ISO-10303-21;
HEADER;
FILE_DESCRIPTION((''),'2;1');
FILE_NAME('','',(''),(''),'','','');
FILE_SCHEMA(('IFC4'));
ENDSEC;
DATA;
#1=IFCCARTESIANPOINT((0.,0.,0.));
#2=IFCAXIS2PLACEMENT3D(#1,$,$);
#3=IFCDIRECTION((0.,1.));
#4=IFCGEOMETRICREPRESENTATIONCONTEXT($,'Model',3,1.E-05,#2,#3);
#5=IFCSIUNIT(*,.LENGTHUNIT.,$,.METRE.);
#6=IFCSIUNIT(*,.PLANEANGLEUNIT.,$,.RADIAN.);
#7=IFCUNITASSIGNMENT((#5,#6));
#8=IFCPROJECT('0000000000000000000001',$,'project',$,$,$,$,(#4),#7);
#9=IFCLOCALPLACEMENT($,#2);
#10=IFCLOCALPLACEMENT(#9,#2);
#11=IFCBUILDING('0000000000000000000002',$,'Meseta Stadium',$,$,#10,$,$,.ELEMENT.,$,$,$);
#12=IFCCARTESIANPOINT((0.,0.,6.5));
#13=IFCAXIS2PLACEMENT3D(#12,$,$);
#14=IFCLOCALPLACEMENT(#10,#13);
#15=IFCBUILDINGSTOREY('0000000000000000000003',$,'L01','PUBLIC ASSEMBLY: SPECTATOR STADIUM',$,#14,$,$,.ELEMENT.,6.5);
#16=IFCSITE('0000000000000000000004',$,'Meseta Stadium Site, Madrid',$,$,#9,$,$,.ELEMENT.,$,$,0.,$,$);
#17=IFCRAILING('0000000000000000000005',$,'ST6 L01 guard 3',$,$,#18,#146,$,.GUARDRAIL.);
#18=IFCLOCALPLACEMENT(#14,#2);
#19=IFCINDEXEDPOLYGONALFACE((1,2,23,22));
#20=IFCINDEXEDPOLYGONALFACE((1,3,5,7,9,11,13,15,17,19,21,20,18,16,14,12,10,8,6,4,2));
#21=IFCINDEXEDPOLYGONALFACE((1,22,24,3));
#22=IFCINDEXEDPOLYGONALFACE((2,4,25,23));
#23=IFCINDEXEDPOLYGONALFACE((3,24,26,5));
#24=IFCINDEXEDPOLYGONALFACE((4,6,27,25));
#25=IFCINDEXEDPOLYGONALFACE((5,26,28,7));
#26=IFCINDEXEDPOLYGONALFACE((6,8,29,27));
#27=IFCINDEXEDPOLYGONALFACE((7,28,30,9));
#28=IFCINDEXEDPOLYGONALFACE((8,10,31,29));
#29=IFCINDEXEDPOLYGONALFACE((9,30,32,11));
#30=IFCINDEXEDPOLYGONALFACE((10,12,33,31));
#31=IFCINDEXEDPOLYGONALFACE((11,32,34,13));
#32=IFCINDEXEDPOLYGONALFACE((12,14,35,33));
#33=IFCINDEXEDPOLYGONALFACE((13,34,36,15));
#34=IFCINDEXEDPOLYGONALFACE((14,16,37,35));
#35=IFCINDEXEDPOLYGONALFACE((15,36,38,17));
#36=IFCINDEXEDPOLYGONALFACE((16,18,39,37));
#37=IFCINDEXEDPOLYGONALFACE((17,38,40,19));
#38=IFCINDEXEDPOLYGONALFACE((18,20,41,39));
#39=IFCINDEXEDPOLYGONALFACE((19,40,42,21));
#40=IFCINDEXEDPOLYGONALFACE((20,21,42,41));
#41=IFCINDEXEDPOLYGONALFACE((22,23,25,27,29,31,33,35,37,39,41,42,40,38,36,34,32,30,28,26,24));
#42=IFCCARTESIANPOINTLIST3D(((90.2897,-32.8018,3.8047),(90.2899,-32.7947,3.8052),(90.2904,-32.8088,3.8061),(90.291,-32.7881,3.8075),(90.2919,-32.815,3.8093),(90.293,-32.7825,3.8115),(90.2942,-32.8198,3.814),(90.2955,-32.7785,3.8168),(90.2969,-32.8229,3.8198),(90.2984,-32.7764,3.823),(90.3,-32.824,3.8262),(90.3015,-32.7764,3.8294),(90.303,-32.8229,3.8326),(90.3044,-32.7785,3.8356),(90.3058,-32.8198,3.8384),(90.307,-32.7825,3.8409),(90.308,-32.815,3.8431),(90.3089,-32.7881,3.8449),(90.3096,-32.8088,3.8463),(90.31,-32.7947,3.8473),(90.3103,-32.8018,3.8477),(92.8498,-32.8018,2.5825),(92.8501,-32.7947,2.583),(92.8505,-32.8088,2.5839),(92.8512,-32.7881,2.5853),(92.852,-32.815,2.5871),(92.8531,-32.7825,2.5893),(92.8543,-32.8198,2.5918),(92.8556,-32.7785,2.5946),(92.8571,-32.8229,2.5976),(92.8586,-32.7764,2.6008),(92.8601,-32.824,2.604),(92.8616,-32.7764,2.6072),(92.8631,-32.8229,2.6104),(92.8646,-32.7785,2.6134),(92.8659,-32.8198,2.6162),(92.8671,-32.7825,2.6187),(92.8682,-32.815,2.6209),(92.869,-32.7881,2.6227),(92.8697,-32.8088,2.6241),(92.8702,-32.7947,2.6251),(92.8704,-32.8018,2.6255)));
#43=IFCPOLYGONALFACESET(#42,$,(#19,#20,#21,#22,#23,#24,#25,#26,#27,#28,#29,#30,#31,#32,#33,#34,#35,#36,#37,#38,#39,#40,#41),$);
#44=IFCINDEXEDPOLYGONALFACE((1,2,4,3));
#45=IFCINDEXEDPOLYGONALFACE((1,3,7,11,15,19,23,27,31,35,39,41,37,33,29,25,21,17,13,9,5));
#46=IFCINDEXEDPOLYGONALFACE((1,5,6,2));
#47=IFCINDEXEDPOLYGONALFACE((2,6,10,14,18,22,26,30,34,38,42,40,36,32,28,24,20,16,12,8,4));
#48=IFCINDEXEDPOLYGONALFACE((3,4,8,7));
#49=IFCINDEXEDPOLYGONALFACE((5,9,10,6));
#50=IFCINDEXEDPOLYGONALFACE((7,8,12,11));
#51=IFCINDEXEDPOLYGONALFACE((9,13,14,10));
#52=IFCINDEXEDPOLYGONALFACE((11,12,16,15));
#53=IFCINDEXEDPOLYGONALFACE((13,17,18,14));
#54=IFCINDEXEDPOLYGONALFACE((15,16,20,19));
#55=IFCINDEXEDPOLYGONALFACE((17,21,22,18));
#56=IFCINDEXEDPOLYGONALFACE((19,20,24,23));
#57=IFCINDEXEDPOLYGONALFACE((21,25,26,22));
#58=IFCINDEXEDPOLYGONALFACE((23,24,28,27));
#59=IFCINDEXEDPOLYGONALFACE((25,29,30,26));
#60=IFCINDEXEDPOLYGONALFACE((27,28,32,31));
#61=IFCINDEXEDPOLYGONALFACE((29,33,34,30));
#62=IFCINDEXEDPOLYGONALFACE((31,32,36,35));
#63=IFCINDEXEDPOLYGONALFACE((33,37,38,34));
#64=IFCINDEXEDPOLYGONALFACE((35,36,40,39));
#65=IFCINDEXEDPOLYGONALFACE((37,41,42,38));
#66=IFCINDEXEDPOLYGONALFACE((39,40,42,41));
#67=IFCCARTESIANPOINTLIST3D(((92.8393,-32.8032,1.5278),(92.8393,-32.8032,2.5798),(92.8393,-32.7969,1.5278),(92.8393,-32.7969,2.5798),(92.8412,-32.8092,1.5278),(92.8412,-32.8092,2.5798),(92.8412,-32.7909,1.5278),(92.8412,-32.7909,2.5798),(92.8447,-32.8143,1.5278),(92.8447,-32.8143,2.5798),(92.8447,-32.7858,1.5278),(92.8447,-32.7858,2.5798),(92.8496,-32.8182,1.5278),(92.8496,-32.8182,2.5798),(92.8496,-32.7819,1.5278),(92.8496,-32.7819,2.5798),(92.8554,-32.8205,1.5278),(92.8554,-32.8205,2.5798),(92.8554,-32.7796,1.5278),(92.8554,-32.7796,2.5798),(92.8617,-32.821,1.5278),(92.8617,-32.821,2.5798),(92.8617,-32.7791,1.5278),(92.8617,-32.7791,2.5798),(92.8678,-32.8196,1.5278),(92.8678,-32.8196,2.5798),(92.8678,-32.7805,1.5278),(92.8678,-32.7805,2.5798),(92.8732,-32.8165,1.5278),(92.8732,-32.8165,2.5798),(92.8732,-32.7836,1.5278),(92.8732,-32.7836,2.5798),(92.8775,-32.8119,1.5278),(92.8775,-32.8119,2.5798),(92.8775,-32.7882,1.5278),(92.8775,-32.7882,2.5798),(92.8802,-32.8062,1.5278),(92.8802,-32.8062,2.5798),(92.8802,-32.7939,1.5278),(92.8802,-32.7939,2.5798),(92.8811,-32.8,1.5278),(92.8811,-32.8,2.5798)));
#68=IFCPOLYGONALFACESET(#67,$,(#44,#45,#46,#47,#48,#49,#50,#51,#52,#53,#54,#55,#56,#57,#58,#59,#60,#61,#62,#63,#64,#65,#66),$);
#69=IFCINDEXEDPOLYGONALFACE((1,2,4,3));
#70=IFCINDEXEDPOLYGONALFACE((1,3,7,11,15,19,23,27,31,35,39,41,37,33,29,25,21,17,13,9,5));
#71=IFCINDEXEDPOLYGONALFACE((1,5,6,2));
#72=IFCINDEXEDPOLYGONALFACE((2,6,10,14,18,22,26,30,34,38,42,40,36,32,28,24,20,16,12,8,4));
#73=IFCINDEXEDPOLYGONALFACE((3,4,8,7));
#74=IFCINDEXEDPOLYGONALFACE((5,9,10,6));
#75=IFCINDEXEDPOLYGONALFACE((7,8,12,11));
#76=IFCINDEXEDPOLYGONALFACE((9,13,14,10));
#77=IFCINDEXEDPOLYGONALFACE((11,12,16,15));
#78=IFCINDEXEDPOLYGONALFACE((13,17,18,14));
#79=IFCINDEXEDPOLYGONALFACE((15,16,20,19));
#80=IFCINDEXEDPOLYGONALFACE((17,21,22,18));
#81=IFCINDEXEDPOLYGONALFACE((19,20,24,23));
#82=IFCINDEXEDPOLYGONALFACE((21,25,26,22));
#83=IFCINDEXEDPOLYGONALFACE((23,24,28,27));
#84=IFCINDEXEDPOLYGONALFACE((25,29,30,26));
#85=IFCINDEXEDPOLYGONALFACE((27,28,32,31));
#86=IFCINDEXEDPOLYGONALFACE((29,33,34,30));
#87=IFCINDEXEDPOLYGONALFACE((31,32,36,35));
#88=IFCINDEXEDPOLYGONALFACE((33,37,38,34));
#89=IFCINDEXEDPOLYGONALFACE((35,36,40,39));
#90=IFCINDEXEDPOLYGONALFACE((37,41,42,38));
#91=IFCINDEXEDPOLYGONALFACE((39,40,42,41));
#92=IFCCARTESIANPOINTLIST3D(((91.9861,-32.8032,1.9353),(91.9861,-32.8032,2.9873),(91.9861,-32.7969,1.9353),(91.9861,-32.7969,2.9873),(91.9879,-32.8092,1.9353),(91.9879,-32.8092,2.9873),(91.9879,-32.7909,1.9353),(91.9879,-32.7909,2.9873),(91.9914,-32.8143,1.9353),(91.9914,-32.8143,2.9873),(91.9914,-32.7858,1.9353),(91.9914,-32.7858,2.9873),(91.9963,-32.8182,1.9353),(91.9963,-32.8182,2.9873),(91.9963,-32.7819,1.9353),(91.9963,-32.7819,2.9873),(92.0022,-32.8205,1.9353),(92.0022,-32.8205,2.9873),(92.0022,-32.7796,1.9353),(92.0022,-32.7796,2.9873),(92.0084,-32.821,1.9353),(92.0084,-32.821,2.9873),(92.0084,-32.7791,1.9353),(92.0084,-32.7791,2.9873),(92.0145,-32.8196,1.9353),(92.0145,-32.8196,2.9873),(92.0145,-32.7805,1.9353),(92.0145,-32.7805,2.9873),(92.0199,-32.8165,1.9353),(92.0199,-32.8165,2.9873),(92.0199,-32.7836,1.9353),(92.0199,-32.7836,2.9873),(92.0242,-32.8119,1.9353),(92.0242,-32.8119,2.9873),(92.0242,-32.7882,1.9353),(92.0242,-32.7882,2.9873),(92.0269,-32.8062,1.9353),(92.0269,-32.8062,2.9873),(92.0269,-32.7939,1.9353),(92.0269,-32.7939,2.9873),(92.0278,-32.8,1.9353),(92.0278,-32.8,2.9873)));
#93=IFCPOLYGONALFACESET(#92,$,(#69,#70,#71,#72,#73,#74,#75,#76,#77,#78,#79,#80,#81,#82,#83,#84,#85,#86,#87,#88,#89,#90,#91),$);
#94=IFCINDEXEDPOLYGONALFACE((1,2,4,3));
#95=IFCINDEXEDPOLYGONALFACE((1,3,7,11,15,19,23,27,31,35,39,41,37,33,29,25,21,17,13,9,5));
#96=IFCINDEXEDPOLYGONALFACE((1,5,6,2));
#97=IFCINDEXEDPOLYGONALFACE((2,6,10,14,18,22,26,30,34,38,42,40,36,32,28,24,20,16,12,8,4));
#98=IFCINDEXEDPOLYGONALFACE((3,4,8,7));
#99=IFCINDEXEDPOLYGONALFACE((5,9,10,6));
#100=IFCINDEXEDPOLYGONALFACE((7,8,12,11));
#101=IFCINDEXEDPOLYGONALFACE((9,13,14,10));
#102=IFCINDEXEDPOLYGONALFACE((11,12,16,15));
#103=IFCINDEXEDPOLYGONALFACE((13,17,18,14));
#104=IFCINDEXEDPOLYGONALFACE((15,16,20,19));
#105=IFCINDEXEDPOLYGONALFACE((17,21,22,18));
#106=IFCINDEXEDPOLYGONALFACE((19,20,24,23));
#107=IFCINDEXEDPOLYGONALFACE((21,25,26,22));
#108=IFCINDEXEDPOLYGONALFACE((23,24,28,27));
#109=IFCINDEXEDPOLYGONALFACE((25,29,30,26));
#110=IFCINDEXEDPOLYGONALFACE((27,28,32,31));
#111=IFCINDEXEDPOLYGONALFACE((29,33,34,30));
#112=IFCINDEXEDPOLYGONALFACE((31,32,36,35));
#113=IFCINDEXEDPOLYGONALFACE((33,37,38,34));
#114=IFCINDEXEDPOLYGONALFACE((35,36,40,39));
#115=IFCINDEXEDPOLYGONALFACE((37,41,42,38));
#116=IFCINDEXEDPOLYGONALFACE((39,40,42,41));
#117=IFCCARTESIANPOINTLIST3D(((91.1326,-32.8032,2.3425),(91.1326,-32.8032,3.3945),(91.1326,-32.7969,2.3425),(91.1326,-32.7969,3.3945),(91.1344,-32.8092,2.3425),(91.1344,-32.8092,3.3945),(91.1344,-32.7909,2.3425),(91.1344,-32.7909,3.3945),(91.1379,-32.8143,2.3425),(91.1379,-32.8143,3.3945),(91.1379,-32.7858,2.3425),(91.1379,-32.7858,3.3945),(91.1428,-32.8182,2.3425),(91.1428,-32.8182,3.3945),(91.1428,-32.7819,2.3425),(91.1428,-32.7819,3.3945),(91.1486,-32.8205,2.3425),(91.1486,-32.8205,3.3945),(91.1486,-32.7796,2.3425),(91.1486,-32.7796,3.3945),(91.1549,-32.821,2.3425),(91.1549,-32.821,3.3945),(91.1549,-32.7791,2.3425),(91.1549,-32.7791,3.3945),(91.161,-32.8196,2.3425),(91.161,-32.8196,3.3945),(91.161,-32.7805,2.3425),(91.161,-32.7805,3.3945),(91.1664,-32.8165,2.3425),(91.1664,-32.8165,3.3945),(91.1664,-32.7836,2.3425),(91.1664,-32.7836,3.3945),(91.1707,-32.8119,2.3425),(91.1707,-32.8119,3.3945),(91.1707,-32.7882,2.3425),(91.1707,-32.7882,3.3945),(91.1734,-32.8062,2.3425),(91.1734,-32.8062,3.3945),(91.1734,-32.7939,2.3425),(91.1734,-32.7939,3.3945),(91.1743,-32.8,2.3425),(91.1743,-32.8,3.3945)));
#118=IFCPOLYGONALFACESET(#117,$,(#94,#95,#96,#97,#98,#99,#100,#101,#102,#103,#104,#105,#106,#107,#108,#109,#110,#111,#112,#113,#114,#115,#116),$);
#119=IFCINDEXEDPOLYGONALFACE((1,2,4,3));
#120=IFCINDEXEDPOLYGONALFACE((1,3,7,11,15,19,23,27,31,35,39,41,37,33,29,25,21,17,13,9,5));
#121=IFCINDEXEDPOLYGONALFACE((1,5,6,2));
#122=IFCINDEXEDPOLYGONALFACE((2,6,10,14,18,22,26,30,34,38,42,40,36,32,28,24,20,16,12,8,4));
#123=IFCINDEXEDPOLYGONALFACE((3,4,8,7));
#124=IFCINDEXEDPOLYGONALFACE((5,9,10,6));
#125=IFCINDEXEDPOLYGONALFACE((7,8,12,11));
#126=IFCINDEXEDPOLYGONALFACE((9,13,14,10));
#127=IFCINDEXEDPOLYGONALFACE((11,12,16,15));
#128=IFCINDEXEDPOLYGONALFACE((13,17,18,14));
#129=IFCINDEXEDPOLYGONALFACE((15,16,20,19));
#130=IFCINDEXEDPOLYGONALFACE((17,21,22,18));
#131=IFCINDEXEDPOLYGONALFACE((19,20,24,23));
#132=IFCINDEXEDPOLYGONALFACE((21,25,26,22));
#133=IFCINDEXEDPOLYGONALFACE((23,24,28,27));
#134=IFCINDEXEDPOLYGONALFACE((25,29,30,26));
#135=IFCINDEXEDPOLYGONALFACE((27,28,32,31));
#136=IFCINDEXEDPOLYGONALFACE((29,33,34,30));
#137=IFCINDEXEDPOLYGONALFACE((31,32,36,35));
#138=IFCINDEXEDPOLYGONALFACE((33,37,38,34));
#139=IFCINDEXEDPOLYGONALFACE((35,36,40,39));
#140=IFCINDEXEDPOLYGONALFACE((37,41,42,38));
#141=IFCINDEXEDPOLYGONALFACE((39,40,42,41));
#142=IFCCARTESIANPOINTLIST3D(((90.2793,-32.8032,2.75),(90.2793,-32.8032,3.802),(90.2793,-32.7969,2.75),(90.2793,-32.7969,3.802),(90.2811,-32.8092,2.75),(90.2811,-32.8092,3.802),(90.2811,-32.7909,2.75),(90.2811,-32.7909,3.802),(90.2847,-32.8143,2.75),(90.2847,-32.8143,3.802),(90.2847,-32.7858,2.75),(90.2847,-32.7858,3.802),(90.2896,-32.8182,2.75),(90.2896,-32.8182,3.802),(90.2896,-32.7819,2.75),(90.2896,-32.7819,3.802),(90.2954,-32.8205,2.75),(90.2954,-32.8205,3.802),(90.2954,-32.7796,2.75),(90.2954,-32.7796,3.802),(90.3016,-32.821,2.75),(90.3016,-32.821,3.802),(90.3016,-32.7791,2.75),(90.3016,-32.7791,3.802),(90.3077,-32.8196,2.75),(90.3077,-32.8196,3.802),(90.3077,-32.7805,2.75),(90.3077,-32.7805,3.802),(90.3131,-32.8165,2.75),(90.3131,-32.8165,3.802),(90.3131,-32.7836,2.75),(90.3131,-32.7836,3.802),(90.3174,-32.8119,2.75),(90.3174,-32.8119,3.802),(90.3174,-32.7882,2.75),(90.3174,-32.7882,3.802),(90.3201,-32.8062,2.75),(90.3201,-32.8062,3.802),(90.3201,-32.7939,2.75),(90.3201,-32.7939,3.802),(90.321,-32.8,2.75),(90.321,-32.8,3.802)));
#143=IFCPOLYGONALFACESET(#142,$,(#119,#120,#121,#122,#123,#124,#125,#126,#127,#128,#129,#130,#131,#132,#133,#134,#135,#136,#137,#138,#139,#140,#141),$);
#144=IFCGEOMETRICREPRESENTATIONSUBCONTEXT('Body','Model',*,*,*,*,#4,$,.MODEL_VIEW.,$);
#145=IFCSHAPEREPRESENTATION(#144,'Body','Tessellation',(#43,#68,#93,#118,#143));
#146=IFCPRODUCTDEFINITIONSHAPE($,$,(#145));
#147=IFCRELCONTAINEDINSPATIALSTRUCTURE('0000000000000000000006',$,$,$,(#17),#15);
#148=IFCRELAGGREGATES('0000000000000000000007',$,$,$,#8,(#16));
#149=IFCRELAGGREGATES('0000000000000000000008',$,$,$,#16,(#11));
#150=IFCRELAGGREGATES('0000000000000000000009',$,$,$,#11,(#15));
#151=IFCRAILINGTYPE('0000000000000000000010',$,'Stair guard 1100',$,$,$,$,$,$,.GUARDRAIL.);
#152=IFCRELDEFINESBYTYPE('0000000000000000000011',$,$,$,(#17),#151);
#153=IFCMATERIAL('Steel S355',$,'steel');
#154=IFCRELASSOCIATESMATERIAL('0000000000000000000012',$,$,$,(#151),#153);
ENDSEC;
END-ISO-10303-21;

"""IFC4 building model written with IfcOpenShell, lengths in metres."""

from ifc_helpers import new_model, si_unit, direction, frame, origin, origin_2d, place, context, subcontext, project, spatial, circle, extrude, material, type_object, element, save


model = new_model("IFC4")

# Units and contexts
model_context = context("Model", 3, precision=1e-05, world=origin(), true_north=direction((0.0, 1.0)))
body_context = subcontext(model_context, "Body", "Model", "MODEL_VIEW")
ifc_project = project(units=[si_unit("LENGTHUNIT", "METRE"), si_unit("PLANEANGLEUNIT", "RADIAN")], contexts=[model_context])

# Site, building, storey
site_placement = place(None, origin())
site = spatial("IfcSite", under=ifc_project, at=site_placement, Name="Meseta Stadium Site, Madrid", CompositionType="ELEMENT", RefElevation=0.0)
building_placement = place(site_placement, origin())
building = spatial("IfcBuilding", under=site, at=building_placement, Name="Meseta Stadium", CompositionType="ELEMENT")
storey_placement = place(building_placement, frame((0.0, 0.0, 6.5)))
storey = spatial("IfcBuildingStorey", under=building, at=storey_placement, Name="L01", Description="PUBLIC ASSEMBLY: SPECTATOR STADIUM", CompositionType="ELEMENT", Elevation=6.5)

# Railing
ifc_material_1 = material(Name="Steel S355", Category="steel")
railing_type_1 = type_object("IfcRailingType", Name="Stair guard 1100", PredefinedType="GUARDRAIL", material=ifc_material_1)
railing_1_placement = place(storey_placement, frame((92.8601, -32.8, 1.5278)))
element("IfcRailing", 1, at=railing_1_placement, inside=storey, type_object=railing_type_1, Name="ST6 L01 guard 3", PredefinedType="GUARDRAIL", context=body_context, shape_type="SweptSolid", body=[
    extrude(circle(Radius=0.0239, at=origin_2d()), frame((0.0, 0.0, 1.0762), z_axis=(-0.902437, 0.0, 0.430822), x_axis=(0.0, -1.0, 0.0)), (0.0, 0.0, 1.0), 2.8369),
    extrude(circle(Radius=0.021, at=origin_2d()), origin(), (0.0, 0.0, 1.0), 1.052),
    extrude(circle(Radius=0.021, at=origin_2d()), frame((-0.8533, 0.0, 0.4075)), (0.0, 0.0, 1.0), 1.052),
    extrude(circle(Radius=0.021, at=origin_2d()), frame((-1.7068, 0.0, 0.8147)), (0.0, 0.0, 1.0), 1.052),
    extrude(circle(Radius=0.021, at=origin_2d()), frame((-2.5601, 0.0, 1.2222)), (0.0, 0.0, 1.0), 1.052),
])

save(model, "model.ifc")
